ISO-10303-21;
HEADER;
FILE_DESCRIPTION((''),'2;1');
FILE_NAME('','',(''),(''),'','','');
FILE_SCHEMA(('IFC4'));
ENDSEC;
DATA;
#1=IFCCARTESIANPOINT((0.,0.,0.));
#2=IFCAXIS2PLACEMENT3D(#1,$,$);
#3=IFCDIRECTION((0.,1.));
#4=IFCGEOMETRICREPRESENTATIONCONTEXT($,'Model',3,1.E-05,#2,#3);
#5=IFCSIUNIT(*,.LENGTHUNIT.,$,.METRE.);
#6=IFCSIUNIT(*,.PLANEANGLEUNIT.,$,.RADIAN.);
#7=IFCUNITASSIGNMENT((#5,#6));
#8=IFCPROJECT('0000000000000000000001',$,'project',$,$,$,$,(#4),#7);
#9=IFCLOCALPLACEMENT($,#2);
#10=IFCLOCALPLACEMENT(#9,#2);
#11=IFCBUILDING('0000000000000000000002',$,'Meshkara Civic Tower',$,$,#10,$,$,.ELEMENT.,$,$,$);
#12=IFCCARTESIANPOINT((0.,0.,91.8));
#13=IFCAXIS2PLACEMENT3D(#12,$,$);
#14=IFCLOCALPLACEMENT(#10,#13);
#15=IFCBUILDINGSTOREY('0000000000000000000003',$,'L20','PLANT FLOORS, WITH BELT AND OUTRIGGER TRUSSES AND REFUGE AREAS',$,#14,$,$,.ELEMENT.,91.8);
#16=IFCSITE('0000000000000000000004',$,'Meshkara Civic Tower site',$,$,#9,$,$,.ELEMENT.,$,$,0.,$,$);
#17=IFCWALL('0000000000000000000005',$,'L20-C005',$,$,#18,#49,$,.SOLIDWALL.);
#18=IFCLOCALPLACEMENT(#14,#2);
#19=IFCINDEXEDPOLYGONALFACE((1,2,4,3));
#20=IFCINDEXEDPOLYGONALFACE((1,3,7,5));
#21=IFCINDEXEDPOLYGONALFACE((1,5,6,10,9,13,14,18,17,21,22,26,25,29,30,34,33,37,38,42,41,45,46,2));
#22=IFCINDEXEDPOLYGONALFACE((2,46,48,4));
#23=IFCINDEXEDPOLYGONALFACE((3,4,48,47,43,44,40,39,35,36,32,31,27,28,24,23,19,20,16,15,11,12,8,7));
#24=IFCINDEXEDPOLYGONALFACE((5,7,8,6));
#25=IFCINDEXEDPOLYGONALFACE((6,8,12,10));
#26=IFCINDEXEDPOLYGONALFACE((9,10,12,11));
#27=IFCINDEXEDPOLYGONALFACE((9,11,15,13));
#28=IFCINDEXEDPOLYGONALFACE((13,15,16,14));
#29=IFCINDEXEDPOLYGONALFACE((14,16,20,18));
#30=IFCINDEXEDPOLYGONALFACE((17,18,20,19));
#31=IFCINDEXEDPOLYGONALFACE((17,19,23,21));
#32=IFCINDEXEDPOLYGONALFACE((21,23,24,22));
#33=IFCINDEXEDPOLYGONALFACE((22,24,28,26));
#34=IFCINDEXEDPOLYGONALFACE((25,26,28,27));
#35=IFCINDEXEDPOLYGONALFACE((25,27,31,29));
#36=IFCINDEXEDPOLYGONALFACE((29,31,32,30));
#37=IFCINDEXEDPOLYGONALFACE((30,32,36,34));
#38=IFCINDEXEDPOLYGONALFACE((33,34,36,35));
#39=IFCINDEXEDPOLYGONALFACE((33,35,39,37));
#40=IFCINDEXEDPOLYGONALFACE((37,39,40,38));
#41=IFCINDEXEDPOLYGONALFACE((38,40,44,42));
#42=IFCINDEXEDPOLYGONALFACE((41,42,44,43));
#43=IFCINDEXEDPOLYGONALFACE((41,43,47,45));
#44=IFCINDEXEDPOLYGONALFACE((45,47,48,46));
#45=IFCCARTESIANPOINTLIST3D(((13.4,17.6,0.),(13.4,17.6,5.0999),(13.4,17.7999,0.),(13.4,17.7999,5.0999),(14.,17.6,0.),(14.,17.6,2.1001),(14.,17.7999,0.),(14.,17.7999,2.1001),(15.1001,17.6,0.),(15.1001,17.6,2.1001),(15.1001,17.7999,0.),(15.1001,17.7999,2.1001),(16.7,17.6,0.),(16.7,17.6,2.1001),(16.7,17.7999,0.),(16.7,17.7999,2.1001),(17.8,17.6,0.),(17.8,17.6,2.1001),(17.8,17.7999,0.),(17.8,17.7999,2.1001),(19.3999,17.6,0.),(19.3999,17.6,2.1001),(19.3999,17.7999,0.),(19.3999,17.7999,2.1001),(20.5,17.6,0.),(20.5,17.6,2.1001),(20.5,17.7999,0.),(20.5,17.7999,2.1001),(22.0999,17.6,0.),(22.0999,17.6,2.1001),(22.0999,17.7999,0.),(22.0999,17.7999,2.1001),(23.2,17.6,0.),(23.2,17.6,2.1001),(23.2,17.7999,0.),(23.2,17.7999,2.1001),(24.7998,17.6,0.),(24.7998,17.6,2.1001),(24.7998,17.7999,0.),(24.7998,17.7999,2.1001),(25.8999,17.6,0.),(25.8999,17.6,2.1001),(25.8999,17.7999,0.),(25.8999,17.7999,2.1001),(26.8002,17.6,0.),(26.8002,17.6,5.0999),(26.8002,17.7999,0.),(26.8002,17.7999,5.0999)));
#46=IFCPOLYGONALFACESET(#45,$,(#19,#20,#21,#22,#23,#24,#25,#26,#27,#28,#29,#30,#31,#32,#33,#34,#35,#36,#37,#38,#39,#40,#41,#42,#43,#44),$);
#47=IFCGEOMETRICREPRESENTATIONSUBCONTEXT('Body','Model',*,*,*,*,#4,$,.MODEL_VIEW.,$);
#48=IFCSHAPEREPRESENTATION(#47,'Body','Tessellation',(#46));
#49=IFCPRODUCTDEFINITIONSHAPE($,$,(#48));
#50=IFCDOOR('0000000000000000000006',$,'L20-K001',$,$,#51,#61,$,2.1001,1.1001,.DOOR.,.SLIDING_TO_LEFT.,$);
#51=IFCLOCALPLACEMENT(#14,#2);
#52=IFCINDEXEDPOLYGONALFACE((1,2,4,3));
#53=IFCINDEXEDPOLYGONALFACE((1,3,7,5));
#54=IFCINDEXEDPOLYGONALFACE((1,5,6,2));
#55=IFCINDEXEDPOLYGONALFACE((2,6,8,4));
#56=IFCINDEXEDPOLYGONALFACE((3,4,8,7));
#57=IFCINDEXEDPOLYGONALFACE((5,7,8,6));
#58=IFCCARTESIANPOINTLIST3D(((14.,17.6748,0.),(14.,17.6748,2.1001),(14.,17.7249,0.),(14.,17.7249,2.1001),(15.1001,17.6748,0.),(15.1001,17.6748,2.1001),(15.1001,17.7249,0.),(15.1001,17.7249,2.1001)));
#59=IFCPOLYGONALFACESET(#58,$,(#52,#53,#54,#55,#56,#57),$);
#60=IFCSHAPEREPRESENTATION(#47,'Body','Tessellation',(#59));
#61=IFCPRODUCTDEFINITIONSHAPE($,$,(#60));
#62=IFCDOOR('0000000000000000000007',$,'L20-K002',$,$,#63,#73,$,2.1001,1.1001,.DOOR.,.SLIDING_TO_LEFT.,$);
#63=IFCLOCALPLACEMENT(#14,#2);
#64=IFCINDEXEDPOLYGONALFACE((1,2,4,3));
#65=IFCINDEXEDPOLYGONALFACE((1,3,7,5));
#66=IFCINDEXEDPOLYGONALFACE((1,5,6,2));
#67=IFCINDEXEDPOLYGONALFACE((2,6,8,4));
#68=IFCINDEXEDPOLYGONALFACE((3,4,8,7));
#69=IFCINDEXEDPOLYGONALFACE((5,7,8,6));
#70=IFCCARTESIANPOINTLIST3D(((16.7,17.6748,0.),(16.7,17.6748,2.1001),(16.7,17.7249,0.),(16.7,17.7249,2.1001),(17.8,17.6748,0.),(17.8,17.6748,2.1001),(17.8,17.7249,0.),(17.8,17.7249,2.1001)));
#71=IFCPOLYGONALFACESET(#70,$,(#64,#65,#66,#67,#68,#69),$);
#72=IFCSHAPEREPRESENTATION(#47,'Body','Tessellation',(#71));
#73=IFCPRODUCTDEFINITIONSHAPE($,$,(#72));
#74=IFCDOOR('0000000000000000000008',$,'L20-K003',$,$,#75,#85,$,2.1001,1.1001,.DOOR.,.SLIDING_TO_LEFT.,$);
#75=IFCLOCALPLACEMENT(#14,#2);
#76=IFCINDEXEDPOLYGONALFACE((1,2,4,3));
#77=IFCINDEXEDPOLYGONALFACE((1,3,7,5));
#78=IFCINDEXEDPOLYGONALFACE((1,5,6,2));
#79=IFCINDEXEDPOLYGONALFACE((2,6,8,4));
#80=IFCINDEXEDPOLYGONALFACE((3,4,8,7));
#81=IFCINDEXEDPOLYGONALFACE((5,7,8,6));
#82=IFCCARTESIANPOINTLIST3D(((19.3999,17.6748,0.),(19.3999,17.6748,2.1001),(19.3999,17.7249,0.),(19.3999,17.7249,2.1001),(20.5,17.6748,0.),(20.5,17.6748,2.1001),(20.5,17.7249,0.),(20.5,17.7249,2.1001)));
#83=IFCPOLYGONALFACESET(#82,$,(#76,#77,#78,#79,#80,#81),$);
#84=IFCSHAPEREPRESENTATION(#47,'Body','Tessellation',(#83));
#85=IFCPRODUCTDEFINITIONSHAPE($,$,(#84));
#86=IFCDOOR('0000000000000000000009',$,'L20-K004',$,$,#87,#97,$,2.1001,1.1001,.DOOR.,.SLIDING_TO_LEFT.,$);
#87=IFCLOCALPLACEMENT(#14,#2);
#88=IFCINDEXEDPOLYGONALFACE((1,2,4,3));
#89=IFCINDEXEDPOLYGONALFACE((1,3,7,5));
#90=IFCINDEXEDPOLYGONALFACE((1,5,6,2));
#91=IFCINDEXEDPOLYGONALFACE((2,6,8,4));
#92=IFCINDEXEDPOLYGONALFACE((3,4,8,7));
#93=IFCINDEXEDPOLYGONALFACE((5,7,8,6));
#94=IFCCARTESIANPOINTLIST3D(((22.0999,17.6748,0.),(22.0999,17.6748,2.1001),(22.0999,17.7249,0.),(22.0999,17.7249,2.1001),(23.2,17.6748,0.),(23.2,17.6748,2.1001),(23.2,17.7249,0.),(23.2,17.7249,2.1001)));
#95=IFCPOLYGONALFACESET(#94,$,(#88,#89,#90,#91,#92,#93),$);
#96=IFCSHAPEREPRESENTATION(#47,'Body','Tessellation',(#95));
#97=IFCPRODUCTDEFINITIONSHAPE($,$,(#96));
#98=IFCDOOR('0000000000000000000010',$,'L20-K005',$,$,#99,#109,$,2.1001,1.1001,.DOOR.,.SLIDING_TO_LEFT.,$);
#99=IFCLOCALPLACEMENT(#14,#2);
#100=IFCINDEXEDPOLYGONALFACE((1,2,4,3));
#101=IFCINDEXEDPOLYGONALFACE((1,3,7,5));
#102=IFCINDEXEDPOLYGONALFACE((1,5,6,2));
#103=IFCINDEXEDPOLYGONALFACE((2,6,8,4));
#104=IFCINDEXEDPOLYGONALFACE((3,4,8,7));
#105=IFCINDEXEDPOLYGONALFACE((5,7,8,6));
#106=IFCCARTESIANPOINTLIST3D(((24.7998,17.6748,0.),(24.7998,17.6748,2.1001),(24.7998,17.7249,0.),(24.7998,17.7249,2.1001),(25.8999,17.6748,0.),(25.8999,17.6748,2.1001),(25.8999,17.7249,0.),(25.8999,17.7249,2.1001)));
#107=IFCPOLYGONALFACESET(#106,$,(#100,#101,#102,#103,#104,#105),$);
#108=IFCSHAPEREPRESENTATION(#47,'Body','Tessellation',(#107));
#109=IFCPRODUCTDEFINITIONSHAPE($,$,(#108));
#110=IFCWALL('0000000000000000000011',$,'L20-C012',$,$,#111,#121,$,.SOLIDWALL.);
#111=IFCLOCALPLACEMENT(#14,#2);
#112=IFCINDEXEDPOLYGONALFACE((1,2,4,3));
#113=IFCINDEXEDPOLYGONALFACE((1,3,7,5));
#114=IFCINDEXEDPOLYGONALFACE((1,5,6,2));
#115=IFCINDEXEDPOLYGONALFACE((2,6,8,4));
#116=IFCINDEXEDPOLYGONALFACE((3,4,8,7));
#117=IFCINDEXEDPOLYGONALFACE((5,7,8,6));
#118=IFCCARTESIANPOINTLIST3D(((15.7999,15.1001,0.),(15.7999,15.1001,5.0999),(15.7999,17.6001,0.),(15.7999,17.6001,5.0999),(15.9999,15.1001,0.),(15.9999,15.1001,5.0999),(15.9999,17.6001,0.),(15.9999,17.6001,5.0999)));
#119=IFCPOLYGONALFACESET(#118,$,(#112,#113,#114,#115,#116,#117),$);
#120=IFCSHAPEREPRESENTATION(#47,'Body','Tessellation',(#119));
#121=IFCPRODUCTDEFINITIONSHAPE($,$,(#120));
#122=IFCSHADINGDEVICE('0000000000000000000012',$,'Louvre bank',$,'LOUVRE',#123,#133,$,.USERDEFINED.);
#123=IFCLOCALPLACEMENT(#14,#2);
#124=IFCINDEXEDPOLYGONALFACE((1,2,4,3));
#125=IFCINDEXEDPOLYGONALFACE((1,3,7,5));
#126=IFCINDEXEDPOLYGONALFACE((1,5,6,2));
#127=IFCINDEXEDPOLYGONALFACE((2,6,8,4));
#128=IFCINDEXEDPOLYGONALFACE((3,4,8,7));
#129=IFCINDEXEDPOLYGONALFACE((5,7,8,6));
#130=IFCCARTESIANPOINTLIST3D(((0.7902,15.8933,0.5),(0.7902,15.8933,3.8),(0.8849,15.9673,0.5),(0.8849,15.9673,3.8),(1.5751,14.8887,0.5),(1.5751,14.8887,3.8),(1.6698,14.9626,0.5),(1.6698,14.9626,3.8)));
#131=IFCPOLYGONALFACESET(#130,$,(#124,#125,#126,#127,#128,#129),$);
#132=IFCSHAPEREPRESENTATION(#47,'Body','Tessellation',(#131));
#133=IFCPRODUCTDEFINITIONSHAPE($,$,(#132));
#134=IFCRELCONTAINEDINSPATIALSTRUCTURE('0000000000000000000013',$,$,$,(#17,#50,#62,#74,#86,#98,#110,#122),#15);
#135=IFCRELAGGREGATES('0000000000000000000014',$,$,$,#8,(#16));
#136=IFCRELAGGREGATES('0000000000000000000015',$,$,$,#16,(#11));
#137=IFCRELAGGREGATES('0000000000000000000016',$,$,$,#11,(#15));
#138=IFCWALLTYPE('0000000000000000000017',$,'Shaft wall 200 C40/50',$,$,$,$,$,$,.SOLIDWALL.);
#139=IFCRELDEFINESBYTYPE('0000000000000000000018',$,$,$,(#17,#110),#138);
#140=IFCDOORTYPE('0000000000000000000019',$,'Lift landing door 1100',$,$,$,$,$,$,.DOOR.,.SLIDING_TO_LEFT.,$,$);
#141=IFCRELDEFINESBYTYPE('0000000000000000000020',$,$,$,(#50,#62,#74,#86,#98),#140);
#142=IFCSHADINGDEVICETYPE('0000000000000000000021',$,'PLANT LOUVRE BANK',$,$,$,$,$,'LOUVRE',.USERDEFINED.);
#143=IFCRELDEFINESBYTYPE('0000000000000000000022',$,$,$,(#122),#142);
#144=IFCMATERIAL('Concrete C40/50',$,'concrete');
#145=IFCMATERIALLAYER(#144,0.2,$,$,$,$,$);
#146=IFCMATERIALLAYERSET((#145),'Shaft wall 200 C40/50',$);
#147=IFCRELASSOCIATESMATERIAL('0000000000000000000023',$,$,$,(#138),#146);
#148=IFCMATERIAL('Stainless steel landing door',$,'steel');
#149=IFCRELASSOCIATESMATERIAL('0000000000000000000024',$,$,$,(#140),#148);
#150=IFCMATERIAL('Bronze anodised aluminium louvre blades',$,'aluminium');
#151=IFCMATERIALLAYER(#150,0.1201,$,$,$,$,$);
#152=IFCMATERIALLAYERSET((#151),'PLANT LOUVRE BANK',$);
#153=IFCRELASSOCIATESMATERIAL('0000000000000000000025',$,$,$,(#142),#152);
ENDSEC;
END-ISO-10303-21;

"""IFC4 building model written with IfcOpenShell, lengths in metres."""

from ifc_helpers import new_model, si_unit, direction, frame, frame_2d, origin, origin_2d, place, context, subcontext, project, spatial, rectangle, extrude, material, layer, layer_set, type_object, element, fill, save


model = new_model("IFC4")

# Units and contexts
model_context = context("Model", 3, precision=1e-05, world=origin(), true_north=direction((0.0, 1.0)))
body_context = subcontext(model_context, "Body", "Model", "MODEL_VIEW")
ifc_project = project(units=[si_unit("LENGTHUNIT", "METRE"), si_unit("PLANEANGLEUNIT", "RADIAN")], contexts=[model_context])

# Site, building, storey
site_placement = place(None, origin())
site = spatial("IfcSite", under=ifc_project, at=site_placement, Name="Meshkara Civic Tower site", CompositionType="ELEMENT", RefElevation=0.0)
building_placement = place(site_placement, origin())
building = spatial("IfcBuilding", under=site, at=building_placement, Name="Meshkara Civic Tower", CompositionType="ELEMENT")
storey_placement = place(building_placement, frame((0.0, 0.0, 91.8)))
storey = spatial("IfcBuildingStorey", under=building, at=storey_placement, Name="L20", Description="PLANT FLOORS, WITH BELT AND OUTRIGGER TRUSSES AND REFUGE AREAS", CompositionType="ELEMENT", Elevation=91.8)

# Wall, openings, doors
ifc_material_1 = material(Name="Concrete C40/50", Category="concrete")
ifc_layer_1 = layer(ifc_material_1, 0.2)
ifc_layer_set_1 = layer_set([ifc_layer_1], Name="Shaft wall 200 C40/50")
wall_type_1 = type_object("IfcWallType", Name="Shaft wall 200 C40/50", PredefinedType="SOLIDWALL", material=ifc_layer_set_1)
wall_1_placement = place(storey_placement, frame((13.3999, 17.7, 0.0), z_axis=(0.0, 0.0, 1.0), x_axis=(1.0, 0.0, 0.0)))
wall_1 = element("IfcWall", 1, at=wall_1_placement, inside=storey, type_object=wall_type_1, Name="L20-C005", PredefinedType="SOLIDWALL", context=body_context, shape_type="SweptSolid", body=[
    extrude(rectangle(XDim=13.4001, YDim=0.2, at=frame_2d((6.7002, 0.0))), origin(), (0.0, 0.0, 1.0), 5.0999),
])
opening_1_placement = place(wall_1_placement, frame((0.6001, 0.0, 0.0)))
opening_1 = element("IfcOpeningElement", 2, at=opening_1_placement, cuts=wall_1, PredefinedType="OPENING", context=body_context, shape_type="SweptSolid", body=[
    extrude(rectangle(XDim=1.1001, YDim=2.1001, at=frame_2d((0.55, 1.05))), frame((0.0, 0.1099, 0.0), z_axis=(0.0, -1.0, 0.0), x_axis=(1.0, 0.0, 0.0)), (0.0, 0.0, 1.0), 0.22),
])
opening_2_placement = place(wall_1_placement, frame((3.3, 0.0, 0.0)))
opening_2 = element("IfcOpeningElement", 3, at=opening_2_placement, cuts=wall_1, PredefinedType="OPENING", context=body_context, shape_type="SweptSolid", body=[
    extrude(rectangle(XDim=1.1001, YDim=2.1001, at=frame_2d((0.55, 1.05))), frame((0.0, 0.1099, 0.0), z_axis=(0.0, -1.0, 0.0), x_axis=(1.0, 0.0, 0.0)), (0.0, 0.0, 1.0), 0.22),
])
opening_3_placement = place(wall_1_placement, frame((6.0, 0.0, 0.0)))
opening_3 = element("IfcOpeningElement", 4, at=opening_3_placement, cuts=wall_1, PredefinedType="OPENING", context=body_context, shape_type="SweptSolid", body=[
    extrude(rectangle(XDim=1.1001, YDim=2.1001, at=frame_2d((0.55, 1.05))), frame((0.0, 0.1099, 0.0), z_axis=(0.0, -1.0, 0.0), x_axis=(1.0, 0.0, 0.0)), (0.0, 0.0, 1.0), 0.22),
])
opening_4_placement = place(wall_1_placement, frame((8.7, 0.0, 0.0)))
opening_4 = element("IfcOpeningElement", 5, at=opening_4_placement, cuts=wall_1, PredefinedType="OPENING", context=body_context, shape_type="SweptSolid", body=[
    extrude(rectangle(XDim=1.1001, YDim=2.1001, at=frame_2d((0.55, 1.05))), frame((0.0, 0.1099, 0.0), z_axis=(0.0, -1.0, 0.0), x_axis=(1.0, 0.0, 0.0)), (0.0, 0.0, 1.0), 0.22),
])
opening_5_placement = place(wall_1_placement, frame((11.3999, 0.0, 0.0)))
opening_5 = element("IfcOpeningElement", 6, at=opening_5_placement, cuts=wall_1, PredefinedType="OPENING", context=body_context, shape_type="SweptSolid", body=[
    extrude(rectangle(XDim=1.1001, YDim=2.1001, at=frame_2d((0.55, 1.05))), frame((0.0, 0.1099, 0.0), z_axis=(0.0, -1.0, 0.0), x_axis=(1.0, 0.0, 0.0)), (0.0, 0.0, 1.0), 0.22),
])
ifc_material_2 = material(Name="Stainless steel landing door", Category="steel")
door_type_1 = type_object("IfcDoorType", Name="Lift landing door 1100", OperationType="SLIDING_TO_LEFT", PredefinedType="DOOR", material=ifc_material_2)
door_1_placement = place(opening_1_placement, origin())
door_1 = element("IfcDoor", 7, at=door_1_placement, inside=storey, type_object=door_type_1, Name="L20-K001", OperationType="SLIDING_TO_LEFT", OverallHeight=2.1001, OverallWidth=1.1001, PredefinedType="DOOR", context=body_context, shape_type="SweptSolid", body=[
    extrude(rectangle(XDim=1.1001, YDim=2.1001, at=frame_2d((0.55, 1.05))), frame((0.0, 0.0249, 0.0), z_axis=(0.0, -1.0, 0.0), x_axis=(1.0, 0.0, 0.0)), (0.0, 0.0, 1.0), 0.05),
])
fill(opening_1, door_1)
door_2_placement = place(opening_2_placement, origin())
door_2 = element("IfcDoor", 8, at=door_2_placement, inside=storey, type_object=door_type_1, Name="L20-K002", OperationType="SLIDING_TO_LEFT", OverallHeight=2.1001, OverallWidth=1.1001, PredefinedType="DOOR", context=body_context, shape_type="SweptSolid", body=[
    extrude(rectangle(XDim=1.1001, YDim=2.1001, at=frame_2d((0.55, 1.05))), frame((0.0, 0.0249, 0.0), z_axis=(0.0, -1.0, 0.0), x_axis=(1.0, 0.0, 0.0)), (0.0, 0.0, 1.0), 0.05),
])
fill(opening_2, door_2)
door_3_placement = place(opening_3_placement, origin())
door_3 = element("IfcDoor", 9, at=door_3_placement, inside=storey, type_object=door_type_1, Name="L20-K003", OperationType="SLIDING_TO_LEFT", OverallHeight=2.1001, OverallWidth=1.1001, PredefinedType="DOOR", context=body_context, shape_type="SweptSolid", body=[
    extrude(rectangle(XDim=1.1001, YDim=2.1001, at=frame_2d((0.55, 1.05))), frame((0.0, 0.0249, 0.0), z_axis=(0.0, -1.0, 0.0), x_axis=(1.0, 0.0, 0.0)), (0.0, 0.0, 1.0), 0.05),
])
fill(opening_3, door_3)
door_4_placement = place(opening_4_placement, origin())
door_4 = element("IfcDoor", 10, at=door_4_placement, inside=storey, type_object=door_type_1, Name="L20-K004", OperationType="SLIDING_TO_LEFT", OverallHeight=2.1001, OverallWidth=1.1001, PredefinedType="DOOR", context=body_context, shape_type="SweptSolid", body=[
    extrude(rectangle(XDim=1.1001, YDim=2.1001, at=frame_2d((0.55, 1.05))), frame((0.0, 0.0249, 0.0), z_axis=(0.0, -1.0, 0.0), x_axis=(1.0, 0.0, 0.0)), (0.0, 0.0, 1.0), 0.05),
])
fill(opening_4, door_4)
door_5_placement = place(opening_5_placement, origin())
door_5 = element("IfcDoor", 11, at=door_5_placement, inside=storey, type_object=door_type_1, Name="L20-K005", OperationType="SLIDING_TO_LEFT", OverallHeight=2.1001, OverallWidth=1.1001, PredefinedType="DOOR", context=body_context, shape_type="SweptSolid", body=[
    extrude(rectangle(XDim=1.1001, YDim=2.1001, at=frame_2d((0.55, 1.05))), frame((0.0, 0.0249, 0.0), z_axis=(0.0, -1.0, 0.0), x_axis=(1.0, 0.0, 0.0)), (0.0, 0.0, 1.0), 0.05),
])
fill(opening_5, door_5)

# Wall
wall_2_placement = place(storey_placement, frame((15.8999, 15.1001, 0.0), z_axis=(0.0, 0.0, 1.0), x_axis=(0.0, 1.0, 0.0)))
element("IfcWall", 12, at=wall_2_placement, inside=storey, type_object=wall_type_1, Name="L20-C012", PredefinedType="SOLIDWALL", context=body_context, shape_type="SweptSolid", body=[
    extrude(rectangle(XDim=2.5, YDim=0.2, at=frame_2d((1.25, 0.0))), origin(), (0.0, 0.0, 1.0), 5.0999),
])

# Shading device
ifc_material_3 = material(Name="Bronze anodised aluminium louvre blades", Category="aluminium")
ifc_layer_2 = layer(ifc_material_3, 0.1201)
ifc_layer_set_2 = layer_set([ifc_layer_2], Name="PLANT LOUVRE BANK")
shading_device_type = type_object("IfcShadingDeviceType", Name="PLANT LOUVRE BANK", ElementType="LOUVRE", PredefinedType="USERDEFINED", material=ifc_layer_set_2)
shading_device_placement = place(storey_placement, frame((1.23, 15.428, 0.5), z_axis=(0.0, 0.0, 1.0), x_axis=(0.615661, -0.788011, 0.0)))
element("IfcShadingDevice", 13, at=shading_device_placement, inside=storey, type_object=shading_device_type, Name="Louvre bank", ObjectType="LOUVRE", PredefinedType="USERDEFINED", context=body_context, shape_type="SweptSolid", body=[
    extrude(rectangle(XDim=1.2749, YDim=0.1201, at=origin_2d()), origin(), (0.0, 0.0, 1.0), 3.3),
])

save(model, "model.ifc")
